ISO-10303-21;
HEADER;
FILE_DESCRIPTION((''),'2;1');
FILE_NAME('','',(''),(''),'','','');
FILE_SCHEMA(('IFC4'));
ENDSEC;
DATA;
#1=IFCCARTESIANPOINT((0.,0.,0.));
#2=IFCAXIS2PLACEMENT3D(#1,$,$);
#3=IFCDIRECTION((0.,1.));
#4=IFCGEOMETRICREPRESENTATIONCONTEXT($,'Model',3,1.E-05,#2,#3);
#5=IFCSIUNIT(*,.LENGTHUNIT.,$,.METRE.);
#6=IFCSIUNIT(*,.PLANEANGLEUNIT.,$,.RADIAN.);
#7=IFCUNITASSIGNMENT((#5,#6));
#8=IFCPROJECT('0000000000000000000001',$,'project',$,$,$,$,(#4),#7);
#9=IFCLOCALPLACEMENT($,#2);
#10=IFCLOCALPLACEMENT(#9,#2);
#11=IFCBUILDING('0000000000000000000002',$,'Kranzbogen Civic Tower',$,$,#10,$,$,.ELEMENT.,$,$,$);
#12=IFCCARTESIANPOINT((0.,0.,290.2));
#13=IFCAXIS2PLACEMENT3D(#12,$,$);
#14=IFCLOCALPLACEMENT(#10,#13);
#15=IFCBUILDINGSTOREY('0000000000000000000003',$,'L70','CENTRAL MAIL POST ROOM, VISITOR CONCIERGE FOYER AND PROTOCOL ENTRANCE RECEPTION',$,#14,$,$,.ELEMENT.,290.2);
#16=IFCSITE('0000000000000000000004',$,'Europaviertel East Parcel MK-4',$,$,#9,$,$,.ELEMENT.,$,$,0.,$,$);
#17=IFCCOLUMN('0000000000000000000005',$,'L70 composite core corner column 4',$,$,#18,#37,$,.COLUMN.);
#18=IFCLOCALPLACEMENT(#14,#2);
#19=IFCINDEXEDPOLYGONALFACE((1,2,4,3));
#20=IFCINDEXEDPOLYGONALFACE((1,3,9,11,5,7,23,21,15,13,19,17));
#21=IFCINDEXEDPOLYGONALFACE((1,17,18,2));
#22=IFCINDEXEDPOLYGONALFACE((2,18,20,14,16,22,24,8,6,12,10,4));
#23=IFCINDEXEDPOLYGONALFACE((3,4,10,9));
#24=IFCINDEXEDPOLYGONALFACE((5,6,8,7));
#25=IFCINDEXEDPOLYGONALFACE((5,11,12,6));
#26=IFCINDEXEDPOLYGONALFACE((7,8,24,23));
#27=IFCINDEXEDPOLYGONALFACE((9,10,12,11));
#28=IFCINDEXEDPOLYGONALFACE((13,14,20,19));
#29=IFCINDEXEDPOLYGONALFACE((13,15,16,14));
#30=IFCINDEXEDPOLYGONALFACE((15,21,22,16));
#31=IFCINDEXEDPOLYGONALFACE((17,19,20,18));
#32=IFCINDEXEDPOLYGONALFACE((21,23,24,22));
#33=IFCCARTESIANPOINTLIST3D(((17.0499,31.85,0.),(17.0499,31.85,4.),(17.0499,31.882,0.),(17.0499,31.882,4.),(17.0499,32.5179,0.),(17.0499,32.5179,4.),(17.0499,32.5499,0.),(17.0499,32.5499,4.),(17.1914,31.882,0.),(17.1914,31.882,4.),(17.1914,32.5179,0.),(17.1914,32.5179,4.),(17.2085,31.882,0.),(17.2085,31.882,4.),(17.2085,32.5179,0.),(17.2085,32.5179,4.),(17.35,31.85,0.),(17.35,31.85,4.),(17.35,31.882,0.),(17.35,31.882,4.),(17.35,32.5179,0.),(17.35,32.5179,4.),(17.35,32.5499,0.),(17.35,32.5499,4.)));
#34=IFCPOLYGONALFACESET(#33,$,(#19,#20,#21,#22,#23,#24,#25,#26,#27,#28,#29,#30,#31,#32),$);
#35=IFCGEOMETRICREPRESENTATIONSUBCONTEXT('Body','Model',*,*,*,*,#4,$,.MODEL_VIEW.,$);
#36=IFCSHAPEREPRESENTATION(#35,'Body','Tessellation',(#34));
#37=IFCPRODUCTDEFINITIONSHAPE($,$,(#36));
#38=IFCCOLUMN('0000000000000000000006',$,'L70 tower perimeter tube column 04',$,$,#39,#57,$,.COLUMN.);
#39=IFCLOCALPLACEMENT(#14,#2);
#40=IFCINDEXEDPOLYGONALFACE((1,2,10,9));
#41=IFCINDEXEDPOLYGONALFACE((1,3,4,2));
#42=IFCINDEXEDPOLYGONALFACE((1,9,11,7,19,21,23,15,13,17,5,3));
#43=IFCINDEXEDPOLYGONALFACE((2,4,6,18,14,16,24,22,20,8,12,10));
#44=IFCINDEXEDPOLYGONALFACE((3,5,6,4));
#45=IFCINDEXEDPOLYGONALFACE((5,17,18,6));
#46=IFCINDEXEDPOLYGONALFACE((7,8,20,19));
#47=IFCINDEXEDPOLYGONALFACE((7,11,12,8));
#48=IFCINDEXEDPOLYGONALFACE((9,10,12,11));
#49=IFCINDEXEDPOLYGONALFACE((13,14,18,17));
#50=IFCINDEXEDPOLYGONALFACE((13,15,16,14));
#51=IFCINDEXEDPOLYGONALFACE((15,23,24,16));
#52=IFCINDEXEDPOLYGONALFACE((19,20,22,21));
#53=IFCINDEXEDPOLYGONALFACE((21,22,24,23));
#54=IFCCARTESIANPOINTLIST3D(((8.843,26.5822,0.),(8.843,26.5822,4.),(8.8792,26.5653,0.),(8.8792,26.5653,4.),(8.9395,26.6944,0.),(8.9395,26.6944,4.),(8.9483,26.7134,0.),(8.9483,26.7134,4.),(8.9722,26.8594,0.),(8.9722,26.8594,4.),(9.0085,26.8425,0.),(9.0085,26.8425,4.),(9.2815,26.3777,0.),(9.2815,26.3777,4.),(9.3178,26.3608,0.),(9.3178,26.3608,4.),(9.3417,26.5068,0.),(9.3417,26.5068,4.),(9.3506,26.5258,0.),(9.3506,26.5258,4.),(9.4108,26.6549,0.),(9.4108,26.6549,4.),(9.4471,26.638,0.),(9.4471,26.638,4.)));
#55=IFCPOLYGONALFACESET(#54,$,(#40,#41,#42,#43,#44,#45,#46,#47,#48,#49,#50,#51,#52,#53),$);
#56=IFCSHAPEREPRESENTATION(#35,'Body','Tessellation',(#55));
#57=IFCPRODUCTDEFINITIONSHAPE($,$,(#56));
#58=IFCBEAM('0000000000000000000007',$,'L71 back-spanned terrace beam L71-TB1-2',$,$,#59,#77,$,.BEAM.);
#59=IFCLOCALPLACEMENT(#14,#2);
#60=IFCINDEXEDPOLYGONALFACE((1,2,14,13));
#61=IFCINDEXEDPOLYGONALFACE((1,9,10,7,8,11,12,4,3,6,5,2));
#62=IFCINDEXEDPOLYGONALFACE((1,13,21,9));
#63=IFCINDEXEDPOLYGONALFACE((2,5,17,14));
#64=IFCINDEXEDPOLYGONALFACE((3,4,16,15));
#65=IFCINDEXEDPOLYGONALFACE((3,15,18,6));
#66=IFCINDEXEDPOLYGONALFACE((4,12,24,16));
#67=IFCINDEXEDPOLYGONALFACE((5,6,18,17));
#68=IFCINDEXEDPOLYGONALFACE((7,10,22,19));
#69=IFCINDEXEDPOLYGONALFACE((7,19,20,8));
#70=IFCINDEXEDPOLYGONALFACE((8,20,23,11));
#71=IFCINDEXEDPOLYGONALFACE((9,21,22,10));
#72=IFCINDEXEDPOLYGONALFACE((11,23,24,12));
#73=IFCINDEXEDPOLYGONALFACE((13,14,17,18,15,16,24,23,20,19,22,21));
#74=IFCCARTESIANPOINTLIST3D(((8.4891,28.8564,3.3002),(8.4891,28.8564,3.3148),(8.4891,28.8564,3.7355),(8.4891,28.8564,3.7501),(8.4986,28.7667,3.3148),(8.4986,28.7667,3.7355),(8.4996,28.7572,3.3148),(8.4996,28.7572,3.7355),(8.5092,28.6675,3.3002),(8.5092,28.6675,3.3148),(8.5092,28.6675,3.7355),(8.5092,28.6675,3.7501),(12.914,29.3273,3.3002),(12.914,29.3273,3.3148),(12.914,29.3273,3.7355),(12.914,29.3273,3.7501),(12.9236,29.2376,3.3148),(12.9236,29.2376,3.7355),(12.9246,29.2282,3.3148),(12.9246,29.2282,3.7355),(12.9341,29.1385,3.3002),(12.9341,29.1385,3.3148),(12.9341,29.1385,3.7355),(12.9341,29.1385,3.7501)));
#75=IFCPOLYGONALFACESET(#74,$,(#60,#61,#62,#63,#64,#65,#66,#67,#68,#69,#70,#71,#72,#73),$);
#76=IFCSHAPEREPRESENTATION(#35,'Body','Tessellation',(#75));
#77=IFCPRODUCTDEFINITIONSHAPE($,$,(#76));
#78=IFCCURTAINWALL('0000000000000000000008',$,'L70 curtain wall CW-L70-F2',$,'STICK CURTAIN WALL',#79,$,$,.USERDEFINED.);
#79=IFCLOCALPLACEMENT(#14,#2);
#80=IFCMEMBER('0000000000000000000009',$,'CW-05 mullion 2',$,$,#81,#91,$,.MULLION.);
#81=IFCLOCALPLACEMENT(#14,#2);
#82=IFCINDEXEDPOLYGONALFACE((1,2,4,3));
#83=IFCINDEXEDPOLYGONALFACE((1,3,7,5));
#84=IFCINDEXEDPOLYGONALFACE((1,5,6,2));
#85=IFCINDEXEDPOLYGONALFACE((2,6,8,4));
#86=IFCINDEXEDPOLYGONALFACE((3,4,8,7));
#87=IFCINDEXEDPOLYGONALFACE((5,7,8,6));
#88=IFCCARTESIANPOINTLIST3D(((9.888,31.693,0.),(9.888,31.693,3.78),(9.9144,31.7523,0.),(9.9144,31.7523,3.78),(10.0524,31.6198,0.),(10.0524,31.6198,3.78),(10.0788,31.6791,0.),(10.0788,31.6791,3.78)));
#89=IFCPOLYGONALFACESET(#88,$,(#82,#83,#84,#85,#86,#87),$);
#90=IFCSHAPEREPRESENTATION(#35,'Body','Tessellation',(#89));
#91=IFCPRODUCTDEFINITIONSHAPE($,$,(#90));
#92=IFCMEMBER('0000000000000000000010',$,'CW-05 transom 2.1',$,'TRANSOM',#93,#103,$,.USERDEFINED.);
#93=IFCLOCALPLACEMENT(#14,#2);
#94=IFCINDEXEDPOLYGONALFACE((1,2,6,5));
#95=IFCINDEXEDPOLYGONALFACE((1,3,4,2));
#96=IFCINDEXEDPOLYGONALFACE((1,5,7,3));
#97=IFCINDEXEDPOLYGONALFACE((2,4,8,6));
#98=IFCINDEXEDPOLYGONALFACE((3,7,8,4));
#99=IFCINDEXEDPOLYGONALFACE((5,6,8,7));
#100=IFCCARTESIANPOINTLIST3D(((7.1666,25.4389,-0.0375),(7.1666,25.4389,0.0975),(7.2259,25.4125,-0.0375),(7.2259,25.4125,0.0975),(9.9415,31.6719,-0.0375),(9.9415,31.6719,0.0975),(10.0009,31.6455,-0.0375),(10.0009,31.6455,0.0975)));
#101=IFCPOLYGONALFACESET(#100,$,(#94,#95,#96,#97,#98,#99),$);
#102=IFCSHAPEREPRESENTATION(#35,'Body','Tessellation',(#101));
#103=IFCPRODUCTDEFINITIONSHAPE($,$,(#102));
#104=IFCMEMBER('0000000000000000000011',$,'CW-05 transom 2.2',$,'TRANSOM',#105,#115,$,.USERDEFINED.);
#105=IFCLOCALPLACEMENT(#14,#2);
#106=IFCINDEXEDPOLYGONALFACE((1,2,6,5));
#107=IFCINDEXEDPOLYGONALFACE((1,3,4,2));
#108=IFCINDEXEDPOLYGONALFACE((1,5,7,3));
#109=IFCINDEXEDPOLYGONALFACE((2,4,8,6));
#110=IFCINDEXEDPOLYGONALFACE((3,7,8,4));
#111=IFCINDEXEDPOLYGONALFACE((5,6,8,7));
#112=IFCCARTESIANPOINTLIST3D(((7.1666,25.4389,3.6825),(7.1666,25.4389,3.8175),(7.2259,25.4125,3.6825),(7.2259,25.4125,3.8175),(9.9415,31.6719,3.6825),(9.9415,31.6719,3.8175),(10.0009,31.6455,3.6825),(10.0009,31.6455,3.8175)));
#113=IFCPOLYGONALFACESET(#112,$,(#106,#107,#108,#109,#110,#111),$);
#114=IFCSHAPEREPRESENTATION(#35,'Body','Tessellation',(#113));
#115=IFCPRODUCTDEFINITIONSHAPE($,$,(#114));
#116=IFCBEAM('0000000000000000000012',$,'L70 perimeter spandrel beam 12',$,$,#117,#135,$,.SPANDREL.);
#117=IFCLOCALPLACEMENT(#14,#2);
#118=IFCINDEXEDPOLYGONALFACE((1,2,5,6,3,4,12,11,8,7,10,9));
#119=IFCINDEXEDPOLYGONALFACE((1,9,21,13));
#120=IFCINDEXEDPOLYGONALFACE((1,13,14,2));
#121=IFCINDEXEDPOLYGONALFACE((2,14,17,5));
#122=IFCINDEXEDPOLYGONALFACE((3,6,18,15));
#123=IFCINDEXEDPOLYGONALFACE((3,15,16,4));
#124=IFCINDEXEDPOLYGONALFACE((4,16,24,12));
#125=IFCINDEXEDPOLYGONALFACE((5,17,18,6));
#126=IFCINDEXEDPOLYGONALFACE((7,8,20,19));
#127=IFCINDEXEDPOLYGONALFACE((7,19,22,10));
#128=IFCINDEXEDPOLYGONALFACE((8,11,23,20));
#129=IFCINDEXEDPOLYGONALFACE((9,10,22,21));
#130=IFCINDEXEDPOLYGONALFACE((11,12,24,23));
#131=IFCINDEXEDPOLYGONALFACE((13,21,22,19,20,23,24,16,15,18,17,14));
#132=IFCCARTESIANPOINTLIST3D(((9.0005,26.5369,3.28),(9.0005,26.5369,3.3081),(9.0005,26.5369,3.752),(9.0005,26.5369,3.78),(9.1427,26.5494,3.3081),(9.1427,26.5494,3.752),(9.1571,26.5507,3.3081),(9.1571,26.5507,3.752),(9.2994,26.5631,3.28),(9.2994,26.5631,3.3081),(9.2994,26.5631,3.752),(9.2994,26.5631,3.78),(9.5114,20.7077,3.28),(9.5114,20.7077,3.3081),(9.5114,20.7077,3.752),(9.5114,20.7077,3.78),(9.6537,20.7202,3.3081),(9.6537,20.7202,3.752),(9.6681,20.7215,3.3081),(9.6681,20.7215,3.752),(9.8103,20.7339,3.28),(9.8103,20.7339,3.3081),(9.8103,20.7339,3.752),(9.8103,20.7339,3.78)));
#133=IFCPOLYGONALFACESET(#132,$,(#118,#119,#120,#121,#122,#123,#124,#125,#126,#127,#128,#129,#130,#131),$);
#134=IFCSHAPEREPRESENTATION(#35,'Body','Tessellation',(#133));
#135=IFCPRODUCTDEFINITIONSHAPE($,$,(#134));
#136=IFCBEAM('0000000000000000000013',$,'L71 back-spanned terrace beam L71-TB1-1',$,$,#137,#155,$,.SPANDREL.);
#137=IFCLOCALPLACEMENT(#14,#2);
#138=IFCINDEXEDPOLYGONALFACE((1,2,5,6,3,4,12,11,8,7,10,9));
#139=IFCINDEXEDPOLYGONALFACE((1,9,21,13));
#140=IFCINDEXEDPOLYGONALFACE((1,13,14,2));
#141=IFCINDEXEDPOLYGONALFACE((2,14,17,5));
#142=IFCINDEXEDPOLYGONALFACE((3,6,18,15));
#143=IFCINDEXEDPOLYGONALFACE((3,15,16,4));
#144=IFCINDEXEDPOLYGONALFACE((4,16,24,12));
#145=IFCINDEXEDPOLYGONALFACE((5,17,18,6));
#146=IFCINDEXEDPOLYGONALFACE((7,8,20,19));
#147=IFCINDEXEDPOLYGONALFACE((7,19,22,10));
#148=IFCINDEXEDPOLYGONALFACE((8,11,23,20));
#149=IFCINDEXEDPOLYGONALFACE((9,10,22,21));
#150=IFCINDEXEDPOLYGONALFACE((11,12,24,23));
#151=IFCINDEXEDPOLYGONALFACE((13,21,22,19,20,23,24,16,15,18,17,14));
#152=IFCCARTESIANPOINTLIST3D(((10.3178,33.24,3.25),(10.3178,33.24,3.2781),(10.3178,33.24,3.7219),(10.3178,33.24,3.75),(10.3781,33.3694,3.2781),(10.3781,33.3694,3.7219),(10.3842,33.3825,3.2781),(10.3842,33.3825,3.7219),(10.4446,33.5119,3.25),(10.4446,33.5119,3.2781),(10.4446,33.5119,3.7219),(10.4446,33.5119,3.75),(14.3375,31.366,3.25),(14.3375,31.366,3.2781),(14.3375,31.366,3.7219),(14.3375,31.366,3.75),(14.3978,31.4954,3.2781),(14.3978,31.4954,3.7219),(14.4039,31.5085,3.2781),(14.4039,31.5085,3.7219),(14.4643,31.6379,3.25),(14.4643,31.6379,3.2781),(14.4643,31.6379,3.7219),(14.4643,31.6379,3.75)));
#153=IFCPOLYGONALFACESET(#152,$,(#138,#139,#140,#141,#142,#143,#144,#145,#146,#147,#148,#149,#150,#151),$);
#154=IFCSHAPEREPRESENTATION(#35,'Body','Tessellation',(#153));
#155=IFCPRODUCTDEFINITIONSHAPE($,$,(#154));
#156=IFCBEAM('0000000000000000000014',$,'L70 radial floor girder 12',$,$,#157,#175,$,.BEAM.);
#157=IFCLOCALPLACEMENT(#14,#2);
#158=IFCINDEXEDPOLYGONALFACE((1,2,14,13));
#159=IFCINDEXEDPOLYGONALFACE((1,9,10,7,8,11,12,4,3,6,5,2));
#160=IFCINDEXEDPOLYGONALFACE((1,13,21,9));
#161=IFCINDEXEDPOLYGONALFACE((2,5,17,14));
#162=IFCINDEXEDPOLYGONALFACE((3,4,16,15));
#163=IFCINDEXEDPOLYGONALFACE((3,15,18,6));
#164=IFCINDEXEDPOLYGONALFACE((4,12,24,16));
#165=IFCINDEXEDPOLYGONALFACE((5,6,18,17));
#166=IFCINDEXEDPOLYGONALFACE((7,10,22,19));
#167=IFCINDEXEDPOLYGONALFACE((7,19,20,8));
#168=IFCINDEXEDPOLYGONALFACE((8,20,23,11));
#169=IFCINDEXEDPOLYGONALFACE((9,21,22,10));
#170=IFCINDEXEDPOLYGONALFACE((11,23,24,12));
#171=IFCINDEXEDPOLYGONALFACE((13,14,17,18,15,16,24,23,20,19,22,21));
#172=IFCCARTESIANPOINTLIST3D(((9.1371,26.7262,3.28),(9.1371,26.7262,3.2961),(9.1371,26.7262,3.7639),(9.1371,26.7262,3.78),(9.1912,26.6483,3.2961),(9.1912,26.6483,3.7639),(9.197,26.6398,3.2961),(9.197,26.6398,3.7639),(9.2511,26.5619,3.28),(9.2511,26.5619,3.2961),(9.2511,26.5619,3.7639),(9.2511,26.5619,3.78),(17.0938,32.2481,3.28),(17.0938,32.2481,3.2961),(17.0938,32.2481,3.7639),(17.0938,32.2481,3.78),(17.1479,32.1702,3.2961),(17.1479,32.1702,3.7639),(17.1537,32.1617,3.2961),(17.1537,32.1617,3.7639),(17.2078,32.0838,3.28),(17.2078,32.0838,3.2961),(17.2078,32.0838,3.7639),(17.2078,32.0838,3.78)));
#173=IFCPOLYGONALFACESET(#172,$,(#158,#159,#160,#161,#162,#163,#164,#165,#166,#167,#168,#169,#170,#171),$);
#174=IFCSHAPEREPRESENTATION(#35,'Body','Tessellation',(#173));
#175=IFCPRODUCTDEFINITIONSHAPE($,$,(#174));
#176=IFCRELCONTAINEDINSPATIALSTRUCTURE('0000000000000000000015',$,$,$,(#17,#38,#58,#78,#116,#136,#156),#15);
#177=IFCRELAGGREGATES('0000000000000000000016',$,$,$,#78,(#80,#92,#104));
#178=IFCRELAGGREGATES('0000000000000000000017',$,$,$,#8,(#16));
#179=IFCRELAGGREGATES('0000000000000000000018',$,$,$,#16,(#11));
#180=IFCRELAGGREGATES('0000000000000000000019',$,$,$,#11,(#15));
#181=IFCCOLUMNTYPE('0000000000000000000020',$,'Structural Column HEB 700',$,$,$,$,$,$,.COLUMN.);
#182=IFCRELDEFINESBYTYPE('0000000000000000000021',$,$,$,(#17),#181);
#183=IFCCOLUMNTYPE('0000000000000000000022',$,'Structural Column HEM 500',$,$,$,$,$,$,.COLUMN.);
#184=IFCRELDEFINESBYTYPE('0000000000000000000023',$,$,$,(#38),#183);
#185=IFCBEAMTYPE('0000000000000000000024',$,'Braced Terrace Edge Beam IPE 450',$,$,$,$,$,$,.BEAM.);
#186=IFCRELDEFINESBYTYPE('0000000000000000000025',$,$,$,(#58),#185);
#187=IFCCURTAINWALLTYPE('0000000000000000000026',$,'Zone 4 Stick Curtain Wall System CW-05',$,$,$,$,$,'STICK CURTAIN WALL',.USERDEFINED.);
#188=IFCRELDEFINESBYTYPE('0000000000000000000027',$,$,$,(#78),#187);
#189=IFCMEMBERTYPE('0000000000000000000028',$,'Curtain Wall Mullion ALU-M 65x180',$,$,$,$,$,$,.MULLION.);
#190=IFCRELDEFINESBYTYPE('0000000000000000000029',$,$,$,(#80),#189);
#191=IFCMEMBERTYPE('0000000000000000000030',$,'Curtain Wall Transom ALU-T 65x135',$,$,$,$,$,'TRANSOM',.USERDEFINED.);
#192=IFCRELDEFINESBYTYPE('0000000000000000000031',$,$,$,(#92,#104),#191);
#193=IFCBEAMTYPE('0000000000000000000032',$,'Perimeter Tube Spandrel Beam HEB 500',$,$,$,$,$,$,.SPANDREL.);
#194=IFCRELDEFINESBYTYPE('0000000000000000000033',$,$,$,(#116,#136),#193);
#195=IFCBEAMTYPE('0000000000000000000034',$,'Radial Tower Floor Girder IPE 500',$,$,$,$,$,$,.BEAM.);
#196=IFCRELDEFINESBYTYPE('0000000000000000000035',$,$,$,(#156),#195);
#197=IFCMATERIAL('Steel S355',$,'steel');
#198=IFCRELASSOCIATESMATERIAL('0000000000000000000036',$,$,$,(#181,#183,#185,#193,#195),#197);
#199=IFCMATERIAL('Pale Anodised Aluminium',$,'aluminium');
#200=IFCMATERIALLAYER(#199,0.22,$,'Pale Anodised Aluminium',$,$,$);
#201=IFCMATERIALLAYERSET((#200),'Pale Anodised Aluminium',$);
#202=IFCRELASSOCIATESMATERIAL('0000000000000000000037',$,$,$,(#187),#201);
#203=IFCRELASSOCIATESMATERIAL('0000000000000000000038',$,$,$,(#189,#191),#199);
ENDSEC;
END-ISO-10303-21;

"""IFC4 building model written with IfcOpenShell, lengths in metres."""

from ifc_helpers import new_model, si_unit, direction, frame, origin, origin_2d, place, context, subcontext, project, spatial, rectangle, i_section, extrude, material, layer, layer_set, material_profile, profile_set, type_object, element, aggregate, save


model = new_model("IFC4")

# Units and contexts
model_context = context("Model", 3, precision=1e-05, world=origin(), true_north=direction((0.0, 1.0)))
body_context = subcontext(model_context, "Body", "Model", "MODEL_VIEW")
ifc_project = project(units=[si_unit("LENGTHUNIT", "METRE"), si_unit("PLANEANGLEUNIT", "RADIAN")], contexts=[model_context])

# Site, building, storey
site_placement = place(None, origin())
site = spatial("IfcSite", under=ifc_project, at=site_placement, Name="Europaviertel East Parcel MK-4", CompositionType="ELEMENT", RefElevation=0.0)
building_placement = place(site_placement, origin())
building = spatial("IfcBuilding", under=site, at=building_placement, Name="Kranzbogen Civic Tower", CompositionType="ELEMENT")
storey_placement = place(building_placement, frame((0.0, 0.0, 290.2)))
storey = spatial("IfcBuildingStorey", under=building, at=storey_placement, Name="L70", Description="CENTRAL MAIL POST ROOM, VISITOR CONCIERGE FOYER AND PROTOCOL ENTRANCE RECEPTION", CompositionType="ELEMENT", Elevation=290.2)

# Columns
ifc_material_1 = material(Name="Steel S355", Category="steel")
ifc_material_profile_1 = material_profile(ifc_material_1, i_section(OverallWidth=0.3, OverallDepth=0.7, WebThickness=0.0171, FlangeThickness=0.032, at=origin_2d()), Name="HEB 700")
ifc_profile_set_1 = profile_set([ifc_material_profile_1], Name="Steel S355")
column_type_1 = type_object("IfcColumnType", Name="Structural Column HEB 700", PredefinedType="COLUMN", material=ifc_profile_set_1)
column_1_placement = place(storey_placement, frame((17.2, 32.2, 0.0), z_axis=(0.0, 0.0, 1.0), x_axis=(1.0, 0.0, 0.0)))
element("IfcColumn", 1, at=column_1_placement, inside=storey, type_object=column_type_1, Name="L70 composite core corner column 4", PredefinedType="COLUMN", context=body_context, shape_type="SweptSolid", body=[
    extrude(i_section(OverallWidth=0.3, OverallDepth=0.7, WebThickness=0.0171, FlangeThickness=0.032, at=origin_2d()), origin(), (0.0, 0.0, 1.0), 4.0),
])
ifc_material_profile_2 = material_profile(ifc_material_1, i_section(OverallWidth=0.3059, OverallDepth=0.5239, WebThickness=0.021, FlangeThickness=0.04, at=origin_2d()), Name="HEM 500")
ifc_profile_set_2 = profile_set([ifc_material_profile_2], Name="Steel S355")
column_type_2 = type_object("IfcColumnType", Name="Structural Column HEM 500", PredefinedType="COLUMN", material=ifc_profile_set_2)
column_2_placement = place(storey_placement, frame((9.145, 26.6101, 0.0), z_axis=(0.0, 0.0, 1.0), x_axis=(0.422618, 0.906308, 0.0)))
element("IfcColumn", 2, at=column_2_placement, inside=storey, type_object=column_type_2, Name="L70 tower perimeter tube column 04", PredefinedType="COLUMN", context=body_context, shape_type="SweptSolid", body=[
    extrude(i_section(OverallWidth=0.3059, OverallDepth=0.5239, WebThickness=0.021, FlangeThickness=0.04, at=origin_2d()), origin(), (0.0, 0.0, 1.0), 4.0),
])

# Beam
ifc_material_profile_3 = material_profile(ifc_material_1, i_section(OverallWidth=0.1899, OverallDepth=0.45, WebThickness=0.0095, FlangeThickness=0.0146, at=origin_2d()), Name="IPE 450")
ifc_profile_set_3 = profile_set([ifc_material_profile_3], Name="Steel S355")
beam_type_1 = type_object("IfcBeamType", Name="Braced Terrace Edge Beam IPE 450", PredefinedType="BEAM", material=ifc_profile_set_3)
beam_1_placement = place(storey_placement, frame((12.9241, 29.2329, 3.5251), z_axis=(-0.994384, -0.10583, 0.0), x_axis=(0.10583, -0.994384, 0.0)))
element("IfcBeam", 3, at=beam_1_placement, inside=storey, type_object=beam_type_1, Name="L71 back-spanned terrace beam L71-TB1-2", PredefinedType="BEAM", context=body_context, shape_type="SweptSolid", body=[
    extrude(i_section(OverallWidth=0.1899, OverallDepth=0.45, WebThickness=0.0095, FlangeThickness=0.0146, at=origin_2d()), origin(), (0.0, 0.0, 1.0), 4.45),
])

# Curtain wall, members
ifc_material_2 = material(Name="Pale Anodised Aluminium", Category="aluminium")
ifc_layer_1 = layer(ifc_material_2, 0.22, Name="Pale Anodised Aluminium")
ifc_layer_set_1 = layer_set([ifc_layer_1], Name="Pale Anodised Aluminium")
curtain_wall_type = type_object("IfcCurtainWallType", Name="Zone 4 Stick Curtain Wall System CW-05", ElementType="STICK CURTAIN WALL", PredefinedType="USERDEFINED", material=ifc_layer_set_1)
curtain_wall_placement = place(storey_placement, origin())
curtain_wall = element("IfcCurtainWall", 4, at=curtain_wall_placement, inside=storey, type_object=curtain_wall_type, Name="L70 curtain wall CW-L70-F2", ObjectType="STICK CURTAIN WALL", PredefinedType="USERDEFINED")
ifc_material_profile_4 = material_profile(ifc_material_2, rectangle(XDim=0.0649, YDim=0.1799, at=origin_2d()), Name="ALU-M 65x180")
ifc_profile_set_4 = profile_set([ifc_material_profile_4], Name="Pale Anodised Aluminium")
member_type_1 = type_object("IfcMemberType", Name="Curtain Wall Mullion ALU-M 65x180", PredefinedType="MULLION", material=ifc_profile_set_4)
member_1_placement = place(storey_placement, frame((9.9834, 31.686, 0.0), z_axis=(0.0, 0.0, 1.0), x_axis=(-0.406722, -0.913552, 0.0)))
member_1 = element("IfcMember", 5, at=member_1_placement, type_object=member_type_1, Name="CW-05 mullion 2", PredefinedType="MULLION", context=body_context, shape_type="SweptSolid", body=[
    extrude(rectangle(XDim=0.0649, YDim=0.1799, at=origin_2d()), origin(), (0.0, 0.0, 1.0), 3.78),
])
ifc_material_profile_5 = material_profile(ifc_material_2, rectangle(XDim=0.0649, YDim=0.135, at=origin_2d()), Name="ALU-T 65x135")
ifc_profile_set_5 = profile_set([ifc_material_profile_5], Name="Pale Anodised Aluminium")
member_type_2 = type_object("IfcMemberType", Name="Curtain Wall Transom ALU-T 65x135", ElementType="TRANSOM", PredefinedType="USERDEFINED", material=ifc_profile_set_5)
member_2_placement = place(storey_placement, frame((9.9712, 31.6587, 0.03), z_axis=(-0.406716, -0.913555, 0.0), x_axis=(0.913555, -0.406716, 0.0)))
member_2 = element("IfcMember", 6, at=member_2_placement, type_object=member_type_2, Name="CW-05 transom 2.1", ObjectType="TRANSOM", PredefinedType="USERDEFINED", context=body_context, shape_type="SweptSolid", body=[
    extrude(rectangle(XDim=0.0649, YDim=0.135, at=origin_2d()), origin(), (0.0, 0.0, 1.0), 6.8228),
])
member_3_placement = place(storey_placement, frame((9.9712, 31.6587, 3.75), z_axis=(-0.406716, -0.913555, 0.0), x_axis=(0.913555, -0.406716, 0.0)))
member_3 = element("IfcMember", 7, at=member_3_placement, type_object=member_type_2, Name="CW-05 transom 2.2", ObjectType="TRANSOM", PredefinedType="USERDEFINED", context=body_context, shape_type="SweptSolid", body=[
    extrude(rectangle(XDim=0.0649, YDim=0.135, at=origin_2d()), origin(), (0.0, 0.0, 1.0), 6.8228),
])

# Beams
ifc_material_profile_6 = material_profile(ifc_material_1, i_section(OverallWidth=0.3, OverallDepth=0.5, WebThickness=0.0144, FlangeThickness=0.0281, at=origin_2d()), Name="HEB 500")
ifc_profile_set_6 = profile_set([ifc_material_profile_6], Name="Steel S355")
beam_type_2 = type_object("IfcBeamType", Name="Perimeter Tube Spandrel Beam HEB 500", PredefinedType="SPANDREL", material=ifc_profile_set_6)
beam_2_placement = place(storey_placement, frame((9.1499, 26.55, 3.53), z_axis=(0.087326, -0.99618, 0.0), x_axis=(0.99618, 0.087326, 0.0)))
element("IfcBeam", 8, at=beam_2_placement, inside=storey, type_object=beam_type_2, Name="L70 perimeter spandrel beam 12", PredefinedType="SPANDREL", context=body_context, shape_type="SweptSolid", body=[
    extrude(i_section(OverallWidth=0.3, OverallDepth=0.5, WebThickness=0.0144, FlangeThickness=0.0281, at=origin_2d()), origin(), (0.0, 0.0, 1.0), 5.8516),
])
beam_3_placement = place(storey_placement, frame((14.4009, 31.502, 3.5), z_axis=(-0.906345, 0.422539, 0.0), x_axis=(-0.422539, -0.906345, 0.0)))
element("IfcBeam", 9, at=beam_3_placement, inside=storey, type_object=beam_type_2, Name="L71 back-spanned terrace beam L71-TB1-1", PredefinedType="SPANDREL", context=body_context, shape_type="SweptSolid", body=[
    extrude(i_section(OverallWidth=0.3, OverallDepth=0.5, WebThickness=0.0144, FlangeThickness=0.0281, at=origin_2d()), origin(), (0.0, 0.0, 1.0), 4.4351),
])
ifc_material_profile_7 = material_profile(ifc_material_1, i_section(OverallWidth=0.2, OverallDepth=0.5, WebThickness=0.0103, FlangeThickness=0.0161, at=origin_2d()), Name="IPE 500")
ifc_profile_set_7 = profile_set([ifc_material_profile_7], Name="Steel S355")
beam_type_3 = type_object("IfcBeamType", Name="Radial Tower Floor Girder IPE 500", PredefinedType="BEAM", material=ifc_profile_set_7)
beam_4_placement = place(storey_placement, frame((9.1941, 26.644, 3.53), z_axis=(0.821543, 0.570147, 0.0), x_axis=(-0.570147, 0.821543, 0.0)))
element("IfcBeam", 10, at=beam_4_placement, inside=storey, type_object=beam_type_3, Name="L70 radial floor girder 12", PredefinedType="BEAM", context=body_context, shape_type="SweptSolid", body=[
    extrude(i_section(OverallWidth=0.2, OverallDepth=0.5, WebThickness=0.0103, FlangeThickness=0.0161, at=origin_2d()), origin(), (0.0, 0.0, 1.0), 9.6851),
])

aggregate(curtain_wall, [member_1, member_2, member_3])

save(model, "model.ifc")
